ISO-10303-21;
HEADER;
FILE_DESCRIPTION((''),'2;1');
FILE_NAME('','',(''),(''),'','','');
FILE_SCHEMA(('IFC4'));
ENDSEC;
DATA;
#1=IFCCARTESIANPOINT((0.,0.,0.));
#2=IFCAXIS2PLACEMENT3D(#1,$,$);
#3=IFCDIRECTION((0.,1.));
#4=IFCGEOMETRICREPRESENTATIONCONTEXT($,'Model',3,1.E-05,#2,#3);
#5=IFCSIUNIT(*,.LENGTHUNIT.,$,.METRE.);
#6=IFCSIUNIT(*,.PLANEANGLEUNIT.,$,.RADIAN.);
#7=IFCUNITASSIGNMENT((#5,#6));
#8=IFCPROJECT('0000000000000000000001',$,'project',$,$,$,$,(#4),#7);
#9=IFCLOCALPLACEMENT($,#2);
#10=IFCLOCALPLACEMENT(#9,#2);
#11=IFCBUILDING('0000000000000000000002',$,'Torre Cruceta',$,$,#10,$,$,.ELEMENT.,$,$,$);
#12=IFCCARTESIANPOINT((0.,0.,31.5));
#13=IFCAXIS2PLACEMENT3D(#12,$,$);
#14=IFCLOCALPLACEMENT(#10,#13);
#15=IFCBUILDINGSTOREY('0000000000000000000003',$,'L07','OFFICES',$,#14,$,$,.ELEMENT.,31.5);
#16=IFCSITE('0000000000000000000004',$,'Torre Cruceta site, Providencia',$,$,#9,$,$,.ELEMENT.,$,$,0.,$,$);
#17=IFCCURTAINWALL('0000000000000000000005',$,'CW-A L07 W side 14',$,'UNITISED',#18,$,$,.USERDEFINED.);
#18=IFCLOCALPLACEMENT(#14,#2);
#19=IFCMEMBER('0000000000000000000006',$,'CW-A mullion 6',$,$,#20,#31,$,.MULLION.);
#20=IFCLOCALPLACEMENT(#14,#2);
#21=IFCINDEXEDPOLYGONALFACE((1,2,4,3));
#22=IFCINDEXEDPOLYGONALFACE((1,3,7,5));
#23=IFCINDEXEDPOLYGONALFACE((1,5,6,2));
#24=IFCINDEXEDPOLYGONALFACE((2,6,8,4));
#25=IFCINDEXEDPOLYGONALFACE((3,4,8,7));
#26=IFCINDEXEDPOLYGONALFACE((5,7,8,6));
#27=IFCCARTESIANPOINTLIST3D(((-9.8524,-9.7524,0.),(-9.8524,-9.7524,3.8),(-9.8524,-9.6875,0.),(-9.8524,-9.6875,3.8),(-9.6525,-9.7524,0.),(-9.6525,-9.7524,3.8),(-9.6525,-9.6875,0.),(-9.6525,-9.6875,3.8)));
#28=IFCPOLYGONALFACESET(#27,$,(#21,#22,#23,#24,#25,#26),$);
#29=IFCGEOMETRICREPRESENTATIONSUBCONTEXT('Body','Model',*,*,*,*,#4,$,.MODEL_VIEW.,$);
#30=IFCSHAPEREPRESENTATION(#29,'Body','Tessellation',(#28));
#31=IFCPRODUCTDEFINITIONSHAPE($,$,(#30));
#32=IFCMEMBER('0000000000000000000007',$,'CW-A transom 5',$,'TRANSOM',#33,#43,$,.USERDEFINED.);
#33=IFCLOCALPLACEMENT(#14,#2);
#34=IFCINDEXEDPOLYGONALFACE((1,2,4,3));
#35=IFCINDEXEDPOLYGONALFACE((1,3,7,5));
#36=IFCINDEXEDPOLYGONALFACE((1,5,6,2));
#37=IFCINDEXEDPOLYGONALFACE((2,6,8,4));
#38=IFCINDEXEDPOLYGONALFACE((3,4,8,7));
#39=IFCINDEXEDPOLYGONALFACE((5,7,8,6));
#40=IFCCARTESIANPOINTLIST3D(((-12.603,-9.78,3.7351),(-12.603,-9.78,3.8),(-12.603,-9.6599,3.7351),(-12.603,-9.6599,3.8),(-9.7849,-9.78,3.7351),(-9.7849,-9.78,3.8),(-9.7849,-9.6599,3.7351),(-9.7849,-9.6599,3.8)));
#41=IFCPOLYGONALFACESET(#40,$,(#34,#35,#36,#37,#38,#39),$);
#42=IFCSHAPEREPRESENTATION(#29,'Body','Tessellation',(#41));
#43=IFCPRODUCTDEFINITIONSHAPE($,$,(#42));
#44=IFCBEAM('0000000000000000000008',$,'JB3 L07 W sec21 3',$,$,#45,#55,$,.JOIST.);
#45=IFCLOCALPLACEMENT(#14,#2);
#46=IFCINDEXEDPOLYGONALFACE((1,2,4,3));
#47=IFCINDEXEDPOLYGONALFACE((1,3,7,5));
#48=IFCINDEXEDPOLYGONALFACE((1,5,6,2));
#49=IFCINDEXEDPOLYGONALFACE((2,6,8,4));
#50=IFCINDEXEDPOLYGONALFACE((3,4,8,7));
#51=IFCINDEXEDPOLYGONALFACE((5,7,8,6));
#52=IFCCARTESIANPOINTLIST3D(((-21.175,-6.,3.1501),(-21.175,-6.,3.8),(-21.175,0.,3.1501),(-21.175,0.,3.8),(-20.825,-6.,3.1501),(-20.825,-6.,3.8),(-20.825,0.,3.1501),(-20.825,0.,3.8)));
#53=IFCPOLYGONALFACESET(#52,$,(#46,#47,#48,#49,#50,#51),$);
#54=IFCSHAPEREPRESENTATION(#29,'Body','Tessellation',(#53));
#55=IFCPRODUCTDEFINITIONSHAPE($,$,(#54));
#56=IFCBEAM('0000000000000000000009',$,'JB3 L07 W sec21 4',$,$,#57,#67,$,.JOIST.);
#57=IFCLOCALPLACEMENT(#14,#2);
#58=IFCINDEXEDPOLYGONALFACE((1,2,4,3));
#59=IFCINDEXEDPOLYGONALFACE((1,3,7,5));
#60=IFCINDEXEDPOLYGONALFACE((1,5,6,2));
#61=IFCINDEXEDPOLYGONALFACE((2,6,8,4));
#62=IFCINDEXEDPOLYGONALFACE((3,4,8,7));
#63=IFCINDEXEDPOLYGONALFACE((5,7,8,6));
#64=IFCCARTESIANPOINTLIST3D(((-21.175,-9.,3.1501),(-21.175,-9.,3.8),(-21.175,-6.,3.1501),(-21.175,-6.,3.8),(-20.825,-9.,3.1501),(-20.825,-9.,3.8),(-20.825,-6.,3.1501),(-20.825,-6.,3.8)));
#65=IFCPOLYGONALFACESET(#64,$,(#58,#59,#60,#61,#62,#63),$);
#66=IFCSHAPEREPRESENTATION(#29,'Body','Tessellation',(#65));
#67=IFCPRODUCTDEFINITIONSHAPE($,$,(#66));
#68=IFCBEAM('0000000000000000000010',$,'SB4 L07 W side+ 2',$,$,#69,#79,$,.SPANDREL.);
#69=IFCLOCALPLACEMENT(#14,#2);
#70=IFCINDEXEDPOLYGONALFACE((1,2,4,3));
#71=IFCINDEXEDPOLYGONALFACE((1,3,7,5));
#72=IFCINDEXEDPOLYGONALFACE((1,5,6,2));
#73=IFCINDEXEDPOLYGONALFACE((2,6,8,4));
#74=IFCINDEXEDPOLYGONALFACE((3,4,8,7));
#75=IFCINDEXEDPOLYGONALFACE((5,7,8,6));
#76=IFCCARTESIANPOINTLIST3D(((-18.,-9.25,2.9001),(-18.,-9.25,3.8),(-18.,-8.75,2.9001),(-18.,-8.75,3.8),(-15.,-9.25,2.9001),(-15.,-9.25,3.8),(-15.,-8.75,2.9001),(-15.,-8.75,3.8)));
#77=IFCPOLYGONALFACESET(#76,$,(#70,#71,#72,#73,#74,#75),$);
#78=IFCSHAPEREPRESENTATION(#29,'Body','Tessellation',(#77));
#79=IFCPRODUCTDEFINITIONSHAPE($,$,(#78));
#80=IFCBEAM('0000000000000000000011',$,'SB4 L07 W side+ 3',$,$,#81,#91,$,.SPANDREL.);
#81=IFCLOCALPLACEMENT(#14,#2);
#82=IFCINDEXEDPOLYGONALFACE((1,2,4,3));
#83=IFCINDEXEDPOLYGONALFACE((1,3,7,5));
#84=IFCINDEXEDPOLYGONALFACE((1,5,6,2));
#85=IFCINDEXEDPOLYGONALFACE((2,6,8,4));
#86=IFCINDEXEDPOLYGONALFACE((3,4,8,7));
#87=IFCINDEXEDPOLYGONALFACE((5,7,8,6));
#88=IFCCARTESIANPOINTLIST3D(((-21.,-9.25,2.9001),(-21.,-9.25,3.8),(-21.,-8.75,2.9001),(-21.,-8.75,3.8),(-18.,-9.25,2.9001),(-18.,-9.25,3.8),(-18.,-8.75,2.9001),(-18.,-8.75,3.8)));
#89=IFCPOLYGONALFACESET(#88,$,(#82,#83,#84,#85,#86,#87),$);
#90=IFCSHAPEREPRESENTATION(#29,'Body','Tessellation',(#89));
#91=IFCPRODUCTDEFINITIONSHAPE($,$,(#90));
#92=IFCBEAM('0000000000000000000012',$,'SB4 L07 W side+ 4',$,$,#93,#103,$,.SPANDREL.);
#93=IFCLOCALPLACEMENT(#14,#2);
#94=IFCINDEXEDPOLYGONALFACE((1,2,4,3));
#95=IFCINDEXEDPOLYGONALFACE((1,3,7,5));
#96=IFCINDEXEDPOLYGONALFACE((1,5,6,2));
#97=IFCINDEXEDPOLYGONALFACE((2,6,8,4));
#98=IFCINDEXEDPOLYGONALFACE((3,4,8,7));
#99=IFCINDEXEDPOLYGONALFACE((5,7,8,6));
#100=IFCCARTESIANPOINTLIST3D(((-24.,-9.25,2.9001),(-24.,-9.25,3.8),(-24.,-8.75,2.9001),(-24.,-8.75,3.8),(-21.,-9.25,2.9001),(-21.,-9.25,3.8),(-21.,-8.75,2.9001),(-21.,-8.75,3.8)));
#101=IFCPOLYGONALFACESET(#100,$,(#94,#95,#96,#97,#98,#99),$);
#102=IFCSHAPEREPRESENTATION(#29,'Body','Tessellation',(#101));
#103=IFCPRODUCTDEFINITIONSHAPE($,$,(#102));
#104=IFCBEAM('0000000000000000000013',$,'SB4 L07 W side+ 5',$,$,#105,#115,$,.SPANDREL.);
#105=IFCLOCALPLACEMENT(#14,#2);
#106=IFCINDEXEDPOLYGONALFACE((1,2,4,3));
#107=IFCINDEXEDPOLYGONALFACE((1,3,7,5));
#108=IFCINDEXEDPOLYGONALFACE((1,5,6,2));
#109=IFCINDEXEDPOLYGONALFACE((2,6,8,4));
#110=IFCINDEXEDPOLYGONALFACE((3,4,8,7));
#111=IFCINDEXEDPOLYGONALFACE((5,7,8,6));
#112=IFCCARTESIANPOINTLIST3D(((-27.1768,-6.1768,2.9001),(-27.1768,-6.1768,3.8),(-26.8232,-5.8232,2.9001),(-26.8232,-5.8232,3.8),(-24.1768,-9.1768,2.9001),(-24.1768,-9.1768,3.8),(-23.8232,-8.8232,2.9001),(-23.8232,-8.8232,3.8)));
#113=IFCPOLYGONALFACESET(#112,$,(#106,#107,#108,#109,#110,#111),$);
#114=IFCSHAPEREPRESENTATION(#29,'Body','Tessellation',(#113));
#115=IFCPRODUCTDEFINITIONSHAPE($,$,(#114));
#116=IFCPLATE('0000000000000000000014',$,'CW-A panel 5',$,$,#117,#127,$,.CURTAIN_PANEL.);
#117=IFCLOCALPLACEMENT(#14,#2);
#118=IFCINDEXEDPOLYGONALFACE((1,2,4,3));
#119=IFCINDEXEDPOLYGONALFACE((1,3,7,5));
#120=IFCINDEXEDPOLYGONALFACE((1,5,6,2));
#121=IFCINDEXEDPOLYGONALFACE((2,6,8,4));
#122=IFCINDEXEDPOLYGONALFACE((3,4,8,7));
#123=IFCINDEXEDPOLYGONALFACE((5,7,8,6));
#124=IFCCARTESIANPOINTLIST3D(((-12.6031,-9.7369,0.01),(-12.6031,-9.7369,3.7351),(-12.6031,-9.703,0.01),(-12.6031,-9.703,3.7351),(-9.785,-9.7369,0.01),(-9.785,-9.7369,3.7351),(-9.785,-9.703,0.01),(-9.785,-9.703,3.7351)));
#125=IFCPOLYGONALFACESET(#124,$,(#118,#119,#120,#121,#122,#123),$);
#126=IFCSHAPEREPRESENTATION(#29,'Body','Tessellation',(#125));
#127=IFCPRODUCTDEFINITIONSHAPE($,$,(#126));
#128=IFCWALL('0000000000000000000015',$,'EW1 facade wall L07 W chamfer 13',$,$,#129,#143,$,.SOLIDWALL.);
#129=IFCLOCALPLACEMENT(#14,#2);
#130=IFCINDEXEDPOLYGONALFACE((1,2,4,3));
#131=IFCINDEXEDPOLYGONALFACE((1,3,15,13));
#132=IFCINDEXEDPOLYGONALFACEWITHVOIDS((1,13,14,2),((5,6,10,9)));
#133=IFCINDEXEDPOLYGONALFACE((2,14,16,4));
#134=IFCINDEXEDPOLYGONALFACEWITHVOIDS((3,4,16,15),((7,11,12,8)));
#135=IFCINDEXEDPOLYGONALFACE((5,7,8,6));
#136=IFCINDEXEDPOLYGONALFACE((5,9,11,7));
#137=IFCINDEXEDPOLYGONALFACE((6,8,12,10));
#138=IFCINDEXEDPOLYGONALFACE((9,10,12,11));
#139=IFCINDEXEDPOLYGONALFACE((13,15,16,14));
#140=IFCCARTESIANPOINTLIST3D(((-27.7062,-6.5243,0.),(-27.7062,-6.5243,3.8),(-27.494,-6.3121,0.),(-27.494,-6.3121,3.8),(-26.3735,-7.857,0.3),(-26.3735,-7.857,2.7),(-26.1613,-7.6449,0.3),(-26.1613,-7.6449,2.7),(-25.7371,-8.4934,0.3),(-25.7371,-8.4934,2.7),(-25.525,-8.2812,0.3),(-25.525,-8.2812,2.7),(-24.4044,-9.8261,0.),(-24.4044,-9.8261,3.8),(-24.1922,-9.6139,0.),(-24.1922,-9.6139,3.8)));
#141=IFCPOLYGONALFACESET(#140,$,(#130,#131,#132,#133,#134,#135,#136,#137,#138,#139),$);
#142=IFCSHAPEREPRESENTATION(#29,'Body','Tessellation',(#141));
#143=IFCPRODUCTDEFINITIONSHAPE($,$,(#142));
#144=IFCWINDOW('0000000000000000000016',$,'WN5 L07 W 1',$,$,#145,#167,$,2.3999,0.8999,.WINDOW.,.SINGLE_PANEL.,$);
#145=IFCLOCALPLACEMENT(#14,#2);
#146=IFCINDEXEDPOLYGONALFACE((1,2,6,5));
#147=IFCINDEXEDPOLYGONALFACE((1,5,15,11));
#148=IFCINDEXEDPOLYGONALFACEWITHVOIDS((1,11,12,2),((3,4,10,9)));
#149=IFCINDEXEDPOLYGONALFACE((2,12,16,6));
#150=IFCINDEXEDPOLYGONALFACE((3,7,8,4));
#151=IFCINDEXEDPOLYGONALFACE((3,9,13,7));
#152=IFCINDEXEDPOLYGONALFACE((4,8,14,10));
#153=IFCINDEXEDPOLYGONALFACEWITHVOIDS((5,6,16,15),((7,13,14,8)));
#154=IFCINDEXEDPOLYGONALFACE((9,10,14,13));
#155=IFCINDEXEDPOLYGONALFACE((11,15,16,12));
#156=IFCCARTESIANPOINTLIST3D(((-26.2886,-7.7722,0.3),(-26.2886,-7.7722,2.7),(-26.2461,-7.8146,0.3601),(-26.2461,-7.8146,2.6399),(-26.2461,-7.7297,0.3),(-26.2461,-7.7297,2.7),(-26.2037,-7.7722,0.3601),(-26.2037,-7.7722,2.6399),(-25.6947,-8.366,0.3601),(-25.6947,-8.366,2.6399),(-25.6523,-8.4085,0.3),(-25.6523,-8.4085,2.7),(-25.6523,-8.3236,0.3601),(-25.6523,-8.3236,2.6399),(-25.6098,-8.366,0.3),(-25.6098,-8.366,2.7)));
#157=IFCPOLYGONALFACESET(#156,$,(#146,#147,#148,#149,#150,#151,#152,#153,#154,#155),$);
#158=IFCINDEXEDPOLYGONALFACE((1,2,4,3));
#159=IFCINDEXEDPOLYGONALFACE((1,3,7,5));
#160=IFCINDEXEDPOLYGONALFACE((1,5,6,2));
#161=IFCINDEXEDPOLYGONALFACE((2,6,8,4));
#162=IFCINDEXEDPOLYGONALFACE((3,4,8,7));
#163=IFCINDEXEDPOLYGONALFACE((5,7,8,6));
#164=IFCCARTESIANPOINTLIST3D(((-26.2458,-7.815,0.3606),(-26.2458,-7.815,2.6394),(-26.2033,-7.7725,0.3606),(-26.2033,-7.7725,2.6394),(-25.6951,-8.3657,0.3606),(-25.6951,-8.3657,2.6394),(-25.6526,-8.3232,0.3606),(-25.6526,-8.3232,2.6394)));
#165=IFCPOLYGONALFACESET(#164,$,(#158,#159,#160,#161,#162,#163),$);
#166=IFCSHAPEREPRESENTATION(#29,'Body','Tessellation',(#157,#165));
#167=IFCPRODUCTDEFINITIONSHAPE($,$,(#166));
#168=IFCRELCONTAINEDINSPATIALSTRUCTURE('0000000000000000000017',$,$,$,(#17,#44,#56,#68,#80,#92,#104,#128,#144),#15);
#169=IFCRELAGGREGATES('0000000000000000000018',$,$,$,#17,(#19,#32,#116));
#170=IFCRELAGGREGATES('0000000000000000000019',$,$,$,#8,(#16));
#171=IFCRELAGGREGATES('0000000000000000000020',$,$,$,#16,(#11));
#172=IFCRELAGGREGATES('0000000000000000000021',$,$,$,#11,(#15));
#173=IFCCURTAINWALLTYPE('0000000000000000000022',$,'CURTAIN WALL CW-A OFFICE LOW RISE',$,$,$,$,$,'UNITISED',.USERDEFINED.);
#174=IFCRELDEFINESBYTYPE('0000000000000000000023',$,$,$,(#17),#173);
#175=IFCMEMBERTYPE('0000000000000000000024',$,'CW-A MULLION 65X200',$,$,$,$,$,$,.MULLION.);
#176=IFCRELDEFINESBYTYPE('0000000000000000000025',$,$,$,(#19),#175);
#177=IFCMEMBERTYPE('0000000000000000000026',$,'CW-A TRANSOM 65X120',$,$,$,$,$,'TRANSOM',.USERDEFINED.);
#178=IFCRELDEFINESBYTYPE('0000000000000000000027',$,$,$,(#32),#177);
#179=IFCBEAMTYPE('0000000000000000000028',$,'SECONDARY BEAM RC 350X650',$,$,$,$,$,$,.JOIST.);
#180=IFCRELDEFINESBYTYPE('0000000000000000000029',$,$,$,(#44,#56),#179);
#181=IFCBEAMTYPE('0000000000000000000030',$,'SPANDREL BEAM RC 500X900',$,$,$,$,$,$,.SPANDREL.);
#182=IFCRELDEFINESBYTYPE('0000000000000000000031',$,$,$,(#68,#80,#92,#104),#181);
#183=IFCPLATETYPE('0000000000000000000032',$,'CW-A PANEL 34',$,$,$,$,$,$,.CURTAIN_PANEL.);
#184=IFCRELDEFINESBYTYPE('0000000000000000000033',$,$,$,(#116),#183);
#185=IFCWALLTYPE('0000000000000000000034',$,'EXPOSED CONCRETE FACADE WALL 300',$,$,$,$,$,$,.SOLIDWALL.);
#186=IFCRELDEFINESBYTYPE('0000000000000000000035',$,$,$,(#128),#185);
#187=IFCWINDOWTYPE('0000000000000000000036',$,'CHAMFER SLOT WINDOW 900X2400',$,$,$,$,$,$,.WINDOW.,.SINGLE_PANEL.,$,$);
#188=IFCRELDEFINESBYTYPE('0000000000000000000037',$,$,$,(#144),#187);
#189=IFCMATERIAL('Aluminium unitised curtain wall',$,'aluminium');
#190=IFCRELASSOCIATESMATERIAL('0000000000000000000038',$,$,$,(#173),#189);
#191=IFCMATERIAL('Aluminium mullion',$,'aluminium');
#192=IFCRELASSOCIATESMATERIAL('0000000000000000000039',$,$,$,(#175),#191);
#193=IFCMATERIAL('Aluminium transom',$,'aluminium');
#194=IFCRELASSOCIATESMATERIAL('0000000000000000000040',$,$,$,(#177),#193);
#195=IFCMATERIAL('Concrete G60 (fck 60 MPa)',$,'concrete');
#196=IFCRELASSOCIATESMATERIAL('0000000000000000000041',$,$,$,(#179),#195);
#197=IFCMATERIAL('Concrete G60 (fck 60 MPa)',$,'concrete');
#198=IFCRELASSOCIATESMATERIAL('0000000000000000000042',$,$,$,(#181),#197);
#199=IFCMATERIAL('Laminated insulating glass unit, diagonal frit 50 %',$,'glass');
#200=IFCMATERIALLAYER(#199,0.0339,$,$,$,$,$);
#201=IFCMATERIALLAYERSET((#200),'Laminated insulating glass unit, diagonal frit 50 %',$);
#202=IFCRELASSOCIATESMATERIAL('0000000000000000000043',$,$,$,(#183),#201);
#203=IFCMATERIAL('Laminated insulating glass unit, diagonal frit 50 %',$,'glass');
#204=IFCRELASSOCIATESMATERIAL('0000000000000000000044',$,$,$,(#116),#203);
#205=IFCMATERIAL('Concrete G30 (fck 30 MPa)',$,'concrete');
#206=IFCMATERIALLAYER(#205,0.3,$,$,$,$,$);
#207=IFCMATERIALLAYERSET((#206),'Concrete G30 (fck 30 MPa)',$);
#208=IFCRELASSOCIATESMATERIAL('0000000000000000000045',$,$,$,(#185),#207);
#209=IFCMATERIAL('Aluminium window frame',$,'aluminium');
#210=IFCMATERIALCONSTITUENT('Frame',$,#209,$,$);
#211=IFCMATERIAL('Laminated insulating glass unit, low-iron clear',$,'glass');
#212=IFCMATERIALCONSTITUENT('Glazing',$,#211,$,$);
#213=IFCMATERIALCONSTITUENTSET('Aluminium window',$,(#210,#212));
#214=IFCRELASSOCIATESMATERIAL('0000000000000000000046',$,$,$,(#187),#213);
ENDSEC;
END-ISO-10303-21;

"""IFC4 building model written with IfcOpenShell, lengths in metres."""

from ifc_helpers import new_model, si_unit, direction, frame, frame_2d, origin, origin_2d, place, context, subcontext, project, spatial, rectangle, hollow_rectangle, extrude, material, layer, layer_set, constituent, constituent_set, material_profile, profile_set, type_object, element, fill, aggregate, save


model = new_model("IFC4")

# Units and contexts
model_context = context("Model", 3, precision=1e-05, world=origin(), true_north=direction((0.0, 1.0)))
body_context = subcontext(model_context, "Body", "Model", "MODEL_VIEW")
ifc_project = project(units=[si_unit("LENGTHUNIT", "METRE"), si_unit("PLANEANGLEUNIT", "RADIAN")], contexts=[model_context])

# Site, building, storey
site_placement = place(None, origin())
site = spatial("IfcSite", under=ifc_project, at=site_placement, Name="Torre Cruceta site, Providencia", CompositionType="ELEMENT", RefElevation=0.0)
building_placement = place(site_placement, origin())
building = spatial("IfcBuilding", under=site, at=building_placement, Name="Torre Cruceta", CompositionType="ELEMENT")
storey_placement = place(building_placement, frame((0.0, 0.0, 31.5)))
storey = spatial("IfcBuildingStorey", under=building, at=storey_placement, Name="L07", Description="OFFICES", CompositionType="ELEMENT", Elevation=31.5)

# Curtain wall, members
ifc_material_1 = material(Name="Aluminium unitised curtain wall", Category="aluminium")
curtain_wall_type = type_object("IfcCurtainWallType", Name="CURTAIN WALL CW-A OFFICE LOW RISE", ElementType="UNITISED", PredefinedType="USERDEFINED", material=ifc_material_1)
curtain_wall_placement = place(storey_placement, origin())
curtain_wall = element("IfcCurtainWall", 1, at=curtain_wall_placement, inside=storey, type_object=curtain_wall_type, Name="CW-A L07 W side 14", ObjectType="UNITISED", PredefinedType="USERDEFINED")
ifc_material_2 = material(Name="Aluminium mullion", Category="aluminium")
ifc_material_profile_1 = material_profile(ifc_material_2, rectangle(XDim=0.0649, YDim=0.2, at=origin_2d()), Name="AL 65X200")
ifc_profile_set_1 = profile_set([ifc_material_profile_1], Name="Aluminium mullion")
member_type_1 = type_object("IfcMemberType", Name="CW-A MULLION 65X200", PredefinedType="MULLION", material=ifc_profile_set_1)
member_1_placement = place(storey_placement, frame((-9.7524, -9.72, 0.0), z_axis=(0.0, 0.0, 1.0), x_axis=(0.0, 1.0, 0.0)))
member_1 = element("IfcMember", 2, at=member_1_placement, type_object=member_type_1, Name="CW-A mullion 6", PredefinedType="MULLION", context=body_context, shape_type="SweptSolid", body=[
    extrude(rectangle(XDim=0.0649, YDim=0.2, at=origin_2d()), origin(), (0.0, 0.0, 1.0), 3.8),
])
ifc_material_3 = material(Name="Aluminium transom", Category="aluminium")
ifc_material_profile_2 = material_profile(ifc_material_3, rectangle(XDim=0.1201, YDim=0.0649, at=origin_2d()), Name="AL 120X65")
ifc_profile_set_2 = profile_set([ifc_material_profile_2], Name="Aluminium transom")
member_type_2 = type_object("IfcMemberType", Name="CW-A TRANSOM 65X120", ElementType="TRANSOM", PredefinedType="USERDEFINED", material=ifc_profile_set_2)
member_2_placement = place(storey_placement, frame((-12.603, -9.72, 3.7676), z_axis=(1.0, 0.0, 0.0), x_axis=(0.0, 1.0, 0.0)))
member_2 = element("IfcMember", 3, at=member_2_placement, type_object=member_type_2, Name="CW-A transom 5", ObjectType="TRANSOM", PredefinedType="USERDEFINED", context=body_context, shape_type="SweptSolid", body=[
    extrude(rectangle(XDim=0.1201, YDim=0.0649, at=origin_2d()), origin(), (0.0, 0.0, 1.0), 2.8181),
])

# Beams
ifc_material_4 = material(Name="Concrete G60 (fck 60 MPa)", Category="concrete")
ifc_material_profile_3 = material_profile(ifc_material_4, rectangle(XDim=0.3501, YDim=0.6499, at=origin_2d()), Name="RC 350X650")
ifc_profile_set_3 = profile_set([ifc_material_profile_3], Name="Concrete G60 (fck 60 MPa)")
beam_type_1 = type_object("IfcBeamType", Name="SECONDARY BEAM RC 350X650", PredefinedType="JOIST", material=ifc_profile_set_3)
beam_1_placement = place(storey_placement, frame((-21.0, 0.0, 3.4751), z_axis=(0.0, -1.0, 0.0), x_axis=(1.0, 0.0, 0.0)))
element("IfcBeam", 4, at=beam_1_placement, inside=storey, type_object=beam_type_1, Name="JB3 L07 W sec21 3", PredefinedType="JOIST", context=body_context, shape_type="SweptSolid", body=[
    extrude(rectangle(XDim=0.3501, YDim=0.6499, at=origin_2d()), origin(), (0.0, 0.0, 1.0), 6.0),
])
beam_2_placement = place(storey_placement, frame((-21.0, -6.0, 3.4751), z_axis=(0.0, -1.0, 0.0), x_axis=(1.0, 0.0, 0.0)))
element("IfcBeam", 5, at=beam_2_placement, inside=storey, type_object=beam_type_1, Name="JB3 L07 W sec21 4", PredefinedType="JOIST", context=body_context, shape_type="SweptSolid", body=[
    extrude(rectangle(XDim=0.3501, YDim=0.6499, at=origin_2d()), origin(), (0.0, 0.0, 1.0), 3.0),
])
ifc_material_5 = material(Name="Concrete G60 (fck 60 MPa)", Category="concrete")
ifc_material_profile_4 = material_profile(ifc_material_5, rectangle(XDim=0.5, YDim=0.8999, at=origin_2d()), Name="RC 500X900")
ifc_profile_set_4 = profile_set([ifc_material_profile_4], Name="Concrete G60 (fck 60 MPa)")
beam_type_2 = type_object("IfcBeamType", Name="SPANDREL BEAM RC 500X900", PredefinedType="SPANDREL", material=ifc_profile_set_4)
for number, where, z_axis, x_axis, name in (
    (6, (-15.0, -9.0, 3.3501), (-1.0, 0.0, 0.0), (0.0, -1.0, 0.0), "SB4 L07 W side+ 2"),
    (7, (-18.0, -9.0, 3.3501), (-1.0, 0.0, 0.0), (0.0, -1.0, 0.0), "SB4 L07 W side+ 3"),
    (8, (-21.0, -9.0, 3.3501), (-1.0, 0.0, 0.0), (0.0, -1.0, 0.0), "SB4 L07 W side+ 4"),
):
    element("IfcBeam", number, at=place(storey_placement, frame(where, z_axis=z_axis, x_axis=x_axis)), inside=storey, type_object=beam_type_2, Name=name, PredefinedType="SPANDREL", context=body_context, shape_type="SweptSolid", body=[
        extrude(rectangle(XDim=0.5, YDim=0.8999, at=origin_2d()), origin(), (0.0, 0.0, 1.0), 3.0),
    ])
beam_3_placement = place(storey_placement, frame((-24.0, -9.0, 3.3501), z_axis=(-0.707107, 0.707107, 0.0), x_axis=(-0.707107, -0.707107, 0.0)))
element("IfcBeam", 9, at=beam_3_placement, inside=storey, type_object=beam_type_2, Name="SB4 L07 W side+ 5", PredefinedType="SPANDREL", context=body_context, shape_type="SweptSolid", body=[
    extrude(rectangle(XDim=0.5, YDim=0.8999, at=origin_2d()), origin(), (0.0, 0.0, 1.0), 4.2427),
])

# Plate
ifc_material_6 = material(Name="Laminated insulating glass unit, diagonal frit 50 %", Category="glass")
ifc_material_7 = material(Name="Laminated insulating glass unit, diagonal frit 50 %", Category="glass")
ifc_layer_1 = layer(ifc_material_7, 0.0339)
ifc_layer_set_1 = layer_set([ifc_layer_1], Name="Laminated insulating glass unit, diagonal frit 50 %")
plate_type = type_object("IfcPlateType", Name="CW-A PANEL 34", PredefinedType="CURTAIN_PANEL", material=ifc_layer_set_1)
plate_placement = place(storey_placement, frame((-11.1941, -9.72, 0.01), z_axis=(0.0, 0.0, 1.0), x_axis=(1.0, 0.0, 0.0)))
plate = element("IfcPlate", 10, at=plate_placement, type_object=plate_type, material=ifc_material_6, Name="CW-A panel 5", PredefinedType="CURTAIN_PANEL", context=body_context, shape_type="SweptSolid", body=[
    extrude(rectangle(XDim=2.8181, YDim=0.0339, at=origin_2d()), origin(), (0.0, 0.0, 1.0), 3.7251),
])
aggregate(curtain_wall, [member_1, member_2, plate])

# Wall, opening, window
ifc_material_8 = material(Name="Concrete G30 (fck 30 MPa)", Category="concrete")
ifc_layer_2 = layer(ifc_material_8, 0.3)
ifc_layer_set_2 = layer_set([ifc_layer_2], Name="Concrete G30 (fck 30 MPa)")
wall_type_1 = type_object("IfcWallType", Name="EXPOSED CONCRETE FACADE WALL 300", PredefinedType="SOLIDWALL", material=ifc_layer_set_2)
wall_1_placement = place(storey_placement, frame((-27.6001, -6.4182, 0.0), z_axis=(0.0, 0.0, 1.0), x_axis=(0.707107, -0.707107, 0.0)))
wall_1 = element("IfcWall", 11, at=wall_1_placement, inside=storey, type_object=wall_type_1, Name="EW1 facade wall L07 W chamfer 13", PredefinedType="SOLIDWALL", context=body_context, shape_type="SweptSolid", body=[
    extrude(rectangle(XDim=4.6694, YDim=0.3, at=frame_2d((2.3347, 0.0))), origin(), (0.0, 0.0, 1.0), 3.8),
])
opening_1_placement = place(wall_1_placement, frame((1.8848, 0.0, 0.3)))
opening_1 = element("IfcOpeningElement", 12, at=opening_1_placement, cuts=wall_1, PredefinedType="OPENING", context=body_context, shape_type="SweptSolid", body=[
    extrude(rectangle(XDim=0.8999, YDim=2.3999, at=frame_2d((0.45, 1.2))), frame((0.0, 0.1599, 0.0), z_axis=(0.0, -1.0, 0.0), x_axis=(1.0, 0.0, 0.0)), (0.0, 0.0, 1.0), 0.3201),
])
ifc_material_9 = material(Name="Aluminium window frame", Category="aluminium")
ifc_constituent_1 = constituent(ifc_material_9, Name="Frame")
ifc_material_10 = material(Name="Laminated insulating glass unit, low-iron clear", Category="glass")
ifc_constituent_2 = constituent(ifc_material_10, Name="Glazing")
ifc_constituent_set_1 = constituent_set(constituents=[ifc_constituent_1, ifc_constituent_2], Name="Aluminium window")
window_type = type_object("IfcWindowType", Name="CHAMFER SLOT WINDOW 900X2400", PartitioningType="SINGLE_PANEL", PredefinedType="WINDOW", material=ifc_constituent_set_1)
window_placement = place(opening_1_placement, origin())
window = element("IfcWindow", 13, at=window_placement, inside=storey, type_object=window_type, Name="WN5 L07 W 1", OverallHeight=2.3999, OverallWidth=0.8999, PartitioningType="SINGLE_PANEL", PredefinedType="WINDOW", context=body_context, shape_type="SweptSolid", body=[
    extrude(hollow_rectangle(XDim=0.8999, YDim=2.3999, WallThickness=0.0601, at=frame_2d((0.45, 1.2))), frame((0.0, 0.03, 0.0), z_axis=(0.0, -1.0, 0.0), x_axis=(1.0, 0.0, 0.0)), (0.0, 0.0, 1.0), 0.0601),
    extrude(rectangle(XDim=0.7788, YDim=2.2788, at=frame_2d((0.45, 1.2))), frame((0.0, 0.03, 0.0), z_axis=(0.0, -1.0, 0.0), x_axis=(1.0, 0.0, 0.0)), (0.0, 0.0, 1.0), 0.0601),
])
fill(opening_1, window)

save(model, "model.ifc")
